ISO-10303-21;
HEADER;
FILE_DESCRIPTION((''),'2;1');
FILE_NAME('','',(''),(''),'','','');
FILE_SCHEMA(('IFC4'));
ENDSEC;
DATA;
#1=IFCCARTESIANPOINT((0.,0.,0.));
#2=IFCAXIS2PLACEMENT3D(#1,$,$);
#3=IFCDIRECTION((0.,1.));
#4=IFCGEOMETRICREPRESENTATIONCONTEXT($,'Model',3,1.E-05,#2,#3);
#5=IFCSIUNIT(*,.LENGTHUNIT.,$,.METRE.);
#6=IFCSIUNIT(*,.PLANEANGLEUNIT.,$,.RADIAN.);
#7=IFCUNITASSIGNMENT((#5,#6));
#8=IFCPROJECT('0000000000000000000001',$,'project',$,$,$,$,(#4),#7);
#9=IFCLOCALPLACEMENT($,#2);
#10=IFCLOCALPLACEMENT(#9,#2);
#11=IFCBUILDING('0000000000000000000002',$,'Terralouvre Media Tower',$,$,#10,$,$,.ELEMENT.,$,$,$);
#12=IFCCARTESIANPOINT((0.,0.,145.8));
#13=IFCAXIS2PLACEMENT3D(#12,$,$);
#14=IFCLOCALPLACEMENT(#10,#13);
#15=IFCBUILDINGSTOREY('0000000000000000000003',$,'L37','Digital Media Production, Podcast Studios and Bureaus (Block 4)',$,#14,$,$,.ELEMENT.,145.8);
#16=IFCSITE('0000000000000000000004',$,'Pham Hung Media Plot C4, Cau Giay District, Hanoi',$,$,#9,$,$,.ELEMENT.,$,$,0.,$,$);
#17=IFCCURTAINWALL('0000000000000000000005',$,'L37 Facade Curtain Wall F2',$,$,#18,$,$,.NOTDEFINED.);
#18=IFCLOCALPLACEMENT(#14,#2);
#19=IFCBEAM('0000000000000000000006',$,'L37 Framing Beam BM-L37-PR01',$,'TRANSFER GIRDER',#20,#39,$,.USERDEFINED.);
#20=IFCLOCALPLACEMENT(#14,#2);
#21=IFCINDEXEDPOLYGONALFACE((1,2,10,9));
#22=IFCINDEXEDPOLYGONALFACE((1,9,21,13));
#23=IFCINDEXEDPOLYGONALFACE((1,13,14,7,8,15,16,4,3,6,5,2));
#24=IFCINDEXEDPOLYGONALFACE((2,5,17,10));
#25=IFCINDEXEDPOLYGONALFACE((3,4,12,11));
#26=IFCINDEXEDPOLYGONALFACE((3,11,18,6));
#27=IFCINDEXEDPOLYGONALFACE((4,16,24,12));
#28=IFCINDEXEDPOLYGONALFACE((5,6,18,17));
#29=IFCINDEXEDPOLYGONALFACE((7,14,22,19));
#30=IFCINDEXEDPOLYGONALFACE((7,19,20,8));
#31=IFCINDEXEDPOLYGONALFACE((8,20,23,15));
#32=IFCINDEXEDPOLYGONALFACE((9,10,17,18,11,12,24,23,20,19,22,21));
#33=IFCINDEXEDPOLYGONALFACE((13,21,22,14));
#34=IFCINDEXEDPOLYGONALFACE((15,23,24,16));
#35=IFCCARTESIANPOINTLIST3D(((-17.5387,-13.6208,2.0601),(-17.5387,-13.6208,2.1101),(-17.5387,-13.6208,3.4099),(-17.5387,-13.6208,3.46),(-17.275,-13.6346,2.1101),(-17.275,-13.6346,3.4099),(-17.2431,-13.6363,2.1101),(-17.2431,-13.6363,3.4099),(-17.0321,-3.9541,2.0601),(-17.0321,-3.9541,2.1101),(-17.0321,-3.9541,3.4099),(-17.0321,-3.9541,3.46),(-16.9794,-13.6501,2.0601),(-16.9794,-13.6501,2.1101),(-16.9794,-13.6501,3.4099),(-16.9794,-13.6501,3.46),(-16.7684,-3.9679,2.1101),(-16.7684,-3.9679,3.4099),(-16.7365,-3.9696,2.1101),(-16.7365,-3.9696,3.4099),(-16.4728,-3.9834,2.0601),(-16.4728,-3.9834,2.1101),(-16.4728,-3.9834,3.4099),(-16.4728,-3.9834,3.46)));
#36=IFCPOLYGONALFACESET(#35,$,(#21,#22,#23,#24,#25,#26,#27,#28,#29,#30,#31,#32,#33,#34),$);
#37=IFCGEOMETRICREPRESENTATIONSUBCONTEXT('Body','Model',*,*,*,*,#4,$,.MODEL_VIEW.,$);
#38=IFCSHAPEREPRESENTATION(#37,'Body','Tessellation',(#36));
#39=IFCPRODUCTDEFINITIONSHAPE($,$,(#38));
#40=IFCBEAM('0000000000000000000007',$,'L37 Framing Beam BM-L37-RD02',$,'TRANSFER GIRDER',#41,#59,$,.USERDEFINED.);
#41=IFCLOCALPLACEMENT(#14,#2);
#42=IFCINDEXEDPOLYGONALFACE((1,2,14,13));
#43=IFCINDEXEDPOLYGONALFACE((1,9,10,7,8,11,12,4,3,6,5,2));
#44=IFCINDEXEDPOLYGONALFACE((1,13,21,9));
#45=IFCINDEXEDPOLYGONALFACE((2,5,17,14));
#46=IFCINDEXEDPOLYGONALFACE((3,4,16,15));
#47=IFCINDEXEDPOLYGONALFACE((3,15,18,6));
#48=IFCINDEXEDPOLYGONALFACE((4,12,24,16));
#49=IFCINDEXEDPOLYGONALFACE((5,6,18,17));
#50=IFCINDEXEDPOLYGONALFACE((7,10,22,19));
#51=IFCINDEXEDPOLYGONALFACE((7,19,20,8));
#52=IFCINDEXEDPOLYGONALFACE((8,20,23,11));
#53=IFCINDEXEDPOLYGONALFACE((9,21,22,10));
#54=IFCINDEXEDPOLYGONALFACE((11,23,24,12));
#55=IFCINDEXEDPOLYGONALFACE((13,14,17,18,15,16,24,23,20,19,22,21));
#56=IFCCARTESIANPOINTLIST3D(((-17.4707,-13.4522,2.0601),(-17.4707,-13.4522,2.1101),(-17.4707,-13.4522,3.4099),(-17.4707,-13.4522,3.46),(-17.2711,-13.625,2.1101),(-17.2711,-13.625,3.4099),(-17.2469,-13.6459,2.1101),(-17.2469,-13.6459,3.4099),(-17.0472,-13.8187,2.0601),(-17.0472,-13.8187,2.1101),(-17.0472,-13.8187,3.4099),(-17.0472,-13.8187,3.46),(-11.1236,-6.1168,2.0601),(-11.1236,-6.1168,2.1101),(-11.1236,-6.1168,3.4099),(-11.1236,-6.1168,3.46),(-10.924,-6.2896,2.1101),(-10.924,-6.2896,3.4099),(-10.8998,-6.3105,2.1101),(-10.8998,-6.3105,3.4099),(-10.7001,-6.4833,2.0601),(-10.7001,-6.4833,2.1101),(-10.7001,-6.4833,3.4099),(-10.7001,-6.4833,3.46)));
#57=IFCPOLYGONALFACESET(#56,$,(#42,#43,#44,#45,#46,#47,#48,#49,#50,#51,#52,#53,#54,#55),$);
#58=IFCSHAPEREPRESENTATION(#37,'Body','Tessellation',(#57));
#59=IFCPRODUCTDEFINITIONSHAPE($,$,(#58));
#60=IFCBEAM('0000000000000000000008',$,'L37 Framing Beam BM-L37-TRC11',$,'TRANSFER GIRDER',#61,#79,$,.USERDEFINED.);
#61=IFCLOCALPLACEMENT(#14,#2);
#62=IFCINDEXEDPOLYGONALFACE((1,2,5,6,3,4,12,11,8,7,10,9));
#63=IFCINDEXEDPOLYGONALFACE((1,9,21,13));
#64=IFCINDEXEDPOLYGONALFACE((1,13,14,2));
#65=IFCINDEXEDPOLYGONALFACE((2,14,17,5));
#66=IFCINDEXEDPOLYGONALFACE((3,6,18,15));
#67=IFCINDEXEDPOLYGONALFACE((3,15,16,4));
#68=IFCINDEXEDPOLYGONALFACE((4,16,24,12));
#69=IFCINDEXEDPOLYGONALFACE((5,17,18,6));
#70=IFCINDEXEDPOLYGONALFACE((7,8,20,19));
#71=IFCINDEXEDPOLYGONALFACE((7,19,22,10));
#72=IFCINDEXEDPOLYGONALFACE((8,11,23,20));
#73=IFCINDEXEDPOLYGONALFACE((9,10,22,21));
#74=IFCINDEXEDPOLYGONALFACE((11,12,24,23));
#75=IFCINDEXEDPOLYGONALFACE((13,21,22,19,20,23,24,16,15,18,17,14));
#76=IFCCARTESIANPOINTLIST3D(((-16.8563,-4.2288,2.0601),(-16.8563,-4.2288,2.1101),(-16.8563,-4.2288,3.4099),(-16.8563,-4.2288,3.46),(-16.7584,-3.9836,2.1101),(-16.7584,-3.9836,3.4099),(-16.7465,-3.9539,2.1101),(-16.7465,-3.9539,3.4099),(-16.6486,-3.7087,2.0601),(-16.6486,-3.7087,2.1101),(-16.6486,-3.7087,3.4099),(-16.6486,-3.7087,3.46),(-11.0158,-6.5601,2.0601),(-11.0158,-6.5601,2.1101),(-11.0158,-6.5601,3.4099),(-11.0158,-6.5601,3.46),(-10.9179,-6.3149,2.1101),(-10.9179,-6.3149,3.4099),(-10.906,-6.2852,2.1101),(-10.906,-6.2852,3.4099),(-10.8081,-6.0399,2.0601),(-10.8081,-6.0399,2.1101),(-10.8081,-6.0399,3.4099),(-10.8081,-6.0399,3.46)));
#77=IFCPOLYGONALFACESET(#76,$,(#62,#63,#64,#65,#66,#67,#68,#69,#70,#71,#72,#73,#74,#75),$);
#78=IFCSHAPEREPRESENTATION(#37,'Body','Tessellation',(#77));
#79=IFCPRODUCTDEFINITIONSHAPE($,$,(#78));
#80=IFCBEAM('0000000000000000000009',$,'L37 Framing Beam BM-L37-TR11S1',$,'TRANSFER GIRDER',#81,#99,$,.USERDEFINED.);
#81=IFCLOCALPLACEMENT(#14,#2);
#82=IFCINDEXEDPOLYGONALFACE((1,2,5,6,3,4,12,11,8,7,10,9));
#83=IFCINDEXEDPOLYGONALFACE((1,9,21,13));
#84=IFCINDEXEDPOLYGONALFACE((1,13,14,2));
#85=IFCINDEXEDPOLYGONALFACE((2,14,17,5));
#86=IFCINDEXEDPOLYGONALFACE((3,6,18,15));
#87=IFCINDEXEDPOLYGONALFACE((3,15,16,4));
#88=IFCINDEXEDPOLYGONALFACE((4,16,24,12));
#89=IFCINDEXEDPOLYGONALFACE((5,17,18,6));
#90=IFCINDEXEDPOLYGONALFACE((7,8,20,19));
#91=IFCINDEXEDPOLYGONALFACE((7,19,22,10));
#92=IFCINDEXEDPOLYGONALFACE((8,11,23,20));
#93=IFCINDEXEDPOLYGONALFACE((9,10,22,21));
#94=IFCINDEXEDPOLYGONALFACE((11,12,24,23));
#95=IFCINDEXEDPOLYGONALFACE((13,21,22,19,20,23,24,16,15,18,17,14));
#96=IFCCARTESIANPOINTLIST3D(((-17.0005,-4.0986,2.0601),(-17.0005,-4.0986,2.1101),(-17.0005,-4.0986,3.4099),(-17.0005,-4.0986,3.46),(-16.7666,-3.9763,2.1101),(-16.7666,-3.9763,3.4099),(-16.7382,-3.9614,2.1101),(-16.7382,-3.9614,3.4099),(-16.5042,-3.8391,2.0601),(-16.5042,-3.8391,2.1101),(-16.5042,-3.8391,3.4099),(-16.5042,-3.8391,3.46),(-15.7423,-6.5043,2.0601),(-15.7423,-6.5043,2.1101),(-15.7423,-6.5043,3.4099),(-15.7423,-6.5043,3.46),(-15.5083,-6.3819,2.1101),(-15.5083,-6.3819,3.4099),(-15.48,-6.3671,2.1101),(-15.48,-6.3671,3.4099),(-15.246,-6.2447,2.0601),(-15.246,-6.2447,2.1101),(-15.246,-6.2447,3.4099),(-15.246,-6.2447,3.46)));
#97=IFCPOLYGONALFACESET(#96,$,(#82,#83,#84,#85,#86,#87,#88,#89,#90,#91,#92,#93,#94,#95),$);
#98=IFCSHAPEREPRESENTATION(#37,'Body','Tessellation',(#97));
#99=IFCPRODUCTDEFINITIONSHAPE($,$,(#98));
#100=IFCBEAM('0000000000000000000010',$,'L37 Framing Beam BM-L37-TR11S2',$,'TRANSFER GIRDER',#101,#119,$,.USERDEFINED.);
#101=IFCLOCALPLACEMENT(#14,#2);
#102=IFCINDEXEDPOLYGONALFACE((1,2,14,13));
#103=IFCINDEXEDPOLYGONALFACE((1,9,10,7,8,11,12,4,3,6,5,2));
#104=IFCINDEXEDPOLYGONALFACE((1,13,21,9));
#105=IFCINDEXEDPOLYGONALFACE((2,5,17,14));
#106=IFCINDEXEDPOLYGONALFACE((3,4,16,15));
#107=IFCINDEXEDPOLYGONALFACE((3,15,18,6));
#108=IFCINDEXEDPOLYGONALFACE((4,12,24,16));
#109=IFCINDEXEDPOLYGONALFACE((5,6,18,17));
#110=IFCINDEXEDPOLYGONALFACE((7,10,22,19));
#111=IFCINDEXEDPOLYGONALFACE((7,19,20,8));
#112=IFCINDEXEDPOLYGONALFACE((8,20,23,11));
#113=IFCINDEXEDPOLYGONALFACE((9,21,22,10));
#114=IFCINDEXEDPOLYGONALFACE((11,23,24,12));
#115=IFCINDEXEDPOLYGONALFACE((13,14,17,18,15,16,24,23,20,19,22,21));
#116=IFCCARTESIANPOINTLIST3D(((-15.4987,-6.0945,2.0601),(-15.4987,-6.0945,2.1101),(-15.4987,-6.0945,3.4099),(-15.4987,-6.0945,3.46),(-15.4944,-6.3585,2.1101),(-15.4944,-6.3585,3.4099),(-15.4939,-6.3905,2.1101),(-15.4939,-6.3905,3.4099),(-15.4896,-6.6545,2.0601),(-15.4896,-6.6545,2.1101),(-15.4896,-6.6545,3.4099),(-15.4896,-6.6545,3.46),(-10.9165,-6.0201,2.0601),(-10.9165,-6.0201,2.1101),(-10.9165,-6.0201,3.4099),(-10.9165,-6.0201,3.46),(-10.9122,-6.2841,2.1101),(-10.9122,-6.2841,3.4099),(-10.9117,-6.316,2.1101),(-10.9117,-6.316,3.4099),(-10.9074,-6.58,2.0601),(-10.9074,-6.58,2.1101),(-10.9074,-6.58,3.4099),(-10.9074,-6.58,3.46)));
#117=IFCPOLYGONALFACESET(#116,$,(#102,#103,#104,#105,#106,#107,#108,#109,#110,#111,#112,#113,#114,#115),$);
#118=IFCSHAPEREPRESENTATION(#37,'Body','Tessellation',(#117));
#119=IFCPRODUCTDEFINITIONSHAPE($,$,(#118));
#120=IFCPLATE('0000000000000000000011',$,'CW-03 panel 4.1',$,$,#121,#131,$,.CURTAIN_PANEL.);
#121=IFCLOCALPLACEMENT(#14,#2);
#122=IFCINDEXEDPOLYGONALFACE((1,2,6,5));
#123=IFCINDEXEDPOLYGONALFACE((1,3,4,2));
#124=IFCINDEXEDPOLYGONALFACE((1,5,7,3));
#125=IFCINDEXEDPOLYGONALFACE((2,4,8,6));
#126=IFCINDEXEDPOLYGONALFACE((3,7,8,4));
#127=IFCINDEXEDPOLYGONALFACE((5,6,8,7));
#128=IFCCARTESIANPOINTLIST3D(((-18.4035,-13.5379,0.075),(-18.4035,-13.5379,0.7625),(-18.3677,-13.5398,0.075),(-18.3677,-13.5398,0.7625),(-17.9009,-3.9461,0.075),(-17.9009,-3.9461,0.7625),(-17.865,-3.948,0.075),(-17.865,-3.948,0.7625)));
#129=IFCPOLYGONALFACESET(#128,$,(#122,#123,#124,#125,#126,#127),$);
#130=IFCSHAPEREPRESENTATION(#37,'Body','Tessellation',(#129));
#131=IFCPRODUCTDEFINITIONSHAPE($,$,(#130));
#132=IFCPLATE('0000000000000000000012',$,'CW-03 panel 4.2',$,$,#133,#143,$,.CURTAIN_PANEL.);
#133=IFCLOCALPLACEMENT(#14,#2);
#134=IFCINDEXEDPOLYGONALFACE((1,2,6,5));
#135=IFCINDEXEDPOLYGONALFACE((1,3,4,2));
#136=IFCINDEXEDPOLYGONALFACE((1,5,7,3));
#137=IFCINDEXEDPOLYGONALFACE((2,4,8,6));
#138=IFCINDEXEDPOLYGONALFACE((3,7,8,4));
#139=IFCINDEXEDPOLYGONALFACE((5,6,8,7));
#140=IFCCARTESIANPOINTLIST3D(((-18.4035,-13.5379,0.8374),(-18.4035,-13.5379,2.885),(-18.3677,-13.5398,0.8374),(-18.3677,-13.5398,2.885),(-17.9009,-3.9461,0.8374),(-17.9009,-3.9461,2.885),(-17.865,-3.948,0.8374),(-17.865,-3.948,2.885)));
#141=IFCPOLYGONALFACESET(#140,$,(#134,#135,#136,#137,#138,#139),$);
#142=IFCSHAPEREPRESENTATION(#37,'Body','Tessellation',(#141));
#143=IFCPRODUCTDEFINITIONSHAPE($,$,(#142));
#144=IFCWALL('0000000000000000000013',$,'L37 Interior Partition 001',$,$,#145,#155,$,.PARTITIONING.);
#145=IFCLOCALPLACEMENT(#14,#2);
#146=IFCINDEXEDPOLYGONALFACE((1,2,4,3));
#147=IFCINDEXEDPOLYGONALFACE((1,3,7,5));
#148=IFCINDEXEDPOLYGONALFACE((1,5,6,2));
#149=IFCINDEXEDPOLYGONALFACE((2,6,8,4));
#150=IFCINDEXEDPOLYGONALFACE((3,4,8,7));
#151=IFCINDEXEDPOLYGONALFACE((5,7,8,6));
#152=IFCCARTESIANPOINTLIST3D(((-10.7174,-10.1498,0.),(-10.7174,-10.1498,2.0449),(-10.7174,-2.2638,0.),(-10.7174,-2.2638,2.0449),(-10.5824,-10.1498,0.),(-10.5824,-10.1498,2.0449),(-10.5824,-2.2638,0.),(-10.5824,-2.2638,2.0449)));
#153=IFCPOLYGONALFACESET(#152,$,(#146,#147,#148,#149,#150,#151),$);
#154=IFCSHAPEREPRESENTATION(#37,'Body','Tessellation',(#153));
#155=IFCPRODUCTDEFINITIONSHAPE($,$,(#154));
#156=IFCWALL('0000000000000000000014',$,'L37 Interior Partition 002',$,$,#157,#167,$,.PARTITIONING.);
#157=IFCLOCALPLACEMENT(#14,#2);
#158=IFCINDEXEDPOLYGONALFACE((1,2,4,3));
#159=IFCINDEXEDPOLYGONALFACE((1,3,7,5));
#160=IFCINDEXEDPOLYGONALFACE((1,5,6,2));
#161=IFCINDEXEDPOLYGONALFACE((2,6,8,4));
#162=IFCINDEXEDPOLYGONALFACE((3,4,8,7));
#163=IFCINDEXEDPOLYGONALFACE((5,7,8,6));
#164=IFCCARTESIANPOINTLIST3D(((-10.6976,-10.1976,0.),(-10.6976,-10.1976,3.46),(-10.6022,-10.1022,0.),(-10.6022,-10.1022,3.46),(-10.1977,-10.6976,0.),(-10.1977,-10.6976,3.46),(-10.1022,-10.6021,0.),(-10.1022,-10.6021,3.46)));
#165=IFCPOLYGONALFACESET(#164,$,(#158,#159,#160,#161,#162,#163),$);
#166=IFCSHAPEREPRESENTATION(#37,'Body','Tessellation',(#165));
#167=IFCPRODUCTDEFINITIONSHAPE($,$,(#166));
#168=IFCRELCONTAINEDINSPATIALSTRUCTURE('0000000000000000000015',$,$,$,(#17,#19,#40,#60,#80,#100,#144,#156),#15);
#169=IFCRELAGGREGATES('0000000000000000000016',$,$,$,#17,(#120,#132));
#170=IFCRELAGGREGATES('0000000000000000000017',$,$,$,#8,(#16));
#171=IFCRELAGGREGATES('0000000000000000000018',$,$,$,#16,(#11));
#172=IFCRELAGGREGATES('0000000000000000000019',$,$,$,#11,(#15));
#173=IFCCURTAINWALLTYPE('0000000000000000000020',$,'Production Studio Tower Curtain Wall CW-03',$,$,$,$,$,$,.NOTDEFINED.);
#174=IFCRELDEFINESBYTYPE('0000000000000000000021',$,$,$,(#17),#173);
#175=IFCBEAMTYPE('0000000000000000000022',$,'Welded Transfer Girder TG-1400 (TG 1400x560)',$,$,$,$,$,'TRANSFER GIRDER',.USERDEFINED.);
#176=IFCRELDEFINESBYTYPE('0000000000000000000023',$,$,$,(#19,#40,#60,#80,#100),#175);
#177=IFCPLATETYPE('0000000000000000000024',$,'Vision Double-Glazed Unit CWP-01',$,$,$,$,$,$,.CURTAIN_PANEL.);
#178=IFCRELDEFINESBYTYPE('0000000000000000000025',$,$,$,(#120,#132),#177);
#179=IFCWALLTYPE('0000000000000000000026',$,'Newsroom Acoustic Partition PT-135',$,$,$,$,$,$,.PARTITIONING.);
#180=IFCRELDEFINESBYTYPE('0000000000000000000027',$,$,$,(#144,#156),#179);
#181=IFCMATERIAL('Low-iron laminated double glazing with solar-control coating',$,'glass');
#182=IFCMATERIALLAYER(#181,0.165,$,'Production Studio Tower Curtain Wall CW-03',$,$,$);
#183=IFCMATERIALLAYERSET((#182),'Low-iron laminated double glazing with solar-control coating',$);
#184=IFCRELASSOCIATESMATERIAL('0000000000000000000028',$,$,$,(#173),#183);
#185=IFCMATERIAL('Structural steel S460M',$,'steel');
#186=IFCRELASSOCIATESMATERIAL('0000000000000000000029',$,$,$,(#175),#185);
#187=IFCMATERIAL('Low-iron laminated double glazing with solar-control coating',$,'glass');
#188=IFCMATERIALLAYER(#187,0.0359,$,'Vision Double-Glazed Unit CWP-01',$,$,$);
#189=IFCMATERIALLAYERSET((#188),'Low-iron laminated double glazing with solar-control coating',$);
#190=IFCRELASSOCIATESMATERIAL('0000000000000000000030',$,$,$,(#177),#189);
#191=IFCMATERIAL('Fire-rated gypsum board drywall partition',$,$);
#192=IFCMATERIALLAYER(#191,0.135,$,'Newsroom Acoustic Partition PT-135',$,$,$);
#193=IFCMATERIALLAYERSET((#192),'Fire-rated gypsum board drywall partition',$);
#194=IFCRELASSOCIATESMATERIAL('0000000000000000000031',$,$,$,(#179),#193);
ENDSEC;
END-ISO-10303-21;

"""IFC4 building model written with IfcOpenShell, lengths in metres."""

from ifc_helpers import new_model, si_unit, direction, frame, frame_2d, origin, origin_2d, place, context, subcontext, project, spatial, rectangle, i_section, extrude, material, layer, layer_set, material_profile, profile_set, type_object, element, aggregate, save


model = new_model("IFC4")

# Units and contexts
model_context = context("Model", 3, precision=1e-05, world=origin(), true_north=direction((0.0, 1.0)))
body_context = subcontext(model_context, "Body", "Model", "MODEL_VIEW")
ifc_project = project(units=[si_unit("LENGTHUNIT", "METRE"), si_unit("PLANEANGLEUNIT", "RADIAN")], contexts=[model_context])

# Site, building, storey
site_placement = place(None, origin())
site = spatial("IfcSite", under=ifc_project, at=site_placement, Name="Pham Hung Media Plot C4, Cau Giay District, Hanoi", CompositionType="ELEMENT", RefElevation=0.0)
building_placement = place(site_placement, origin())
building = spatial("IfcBuilding", under=site, at=building_placement, Name="Terralouvre Media Tower", CompositionType="ELEMENT")
storey_placement = place(building_placement, frame((0.0, 0.0, 145.8)))
storey = spatial("IfcBuildingStorey", under=building, at=storey_placement, Name="L37", Description="Digital Media Production, Podcast Studios and Bureaus (Block 4)", CompositionType="ELEMENT", Elevation=145.8)

# Curtain wall
ifc_material_1 = material(Name="Low-iron laminated double glazing with solar-control coating", Category="glass")
ifc_layer_1 = layer(ifc_material_1, 0.165, Name="Production Studio Tower Curtain Wall CW-03")
ifc_layer_set_1 = layer_set([ifc_layer_1], Name="Low-iron laminated double glazing with solar-control coating")
curtain_wall_type = type_object("IfcCurtainWallType", Name="Production Studio Tower Curtain Wall CW-03", PredefinedType="NOTDEFINED", material=ifc_layer_set_1)
curtain_wall_placement = place(storey_placement, origin())
curtain_wall = element("IfcCurtainWall", 1, at=curtain_wall_placement, inside=storey, type_object=curtain_wall_type, Name="L37 Facade Curtain Wall F2", PredefinedType="NOTDEFINED")

# Beams
ifc_material_2 = material(Name="Structural steel S460M", Category="steel")
ifc_material_profile_1 = material_profile(ifc_material_2, i_section(OverallWidth=0.5601, OverallDepth=1.3999, WebThickness=0.032, FlangeThickness=0.05, at=origin_2d()), Name="TG 1400x560")
ifc_profile_set_1 = profile_set([ifc_material_profile_1], Name="Structural steel S460M")
beam_type_1 = type_object("IfcBeamType", Name="Welded Transfer Girder TG-1400 (TG 1400x560)", ElementType="TRANSFER GIRDER", PredefinedType="USERDEFINED", material=ifc_profile_set_1)
beam_1_placement = place(storey_placement, frame((-16.7524, -3.9688, 2.76), z_axis=(-0.052334, -0.99863, 0.0), x_axis=(0.99863, -0.052334, 0.0)))
element("IfcBeam", 2, at=beam_1_placement, inside=storey, type_object=beam_type_1, Name="L37 Framing Beam BM-L37-PR01", ObjectType="TRANSFER GIRDER", PredefinedType="USERDEFINED", context=body_context, shape_type="SweptSolid", body=[
    extrude(i_section(OverallWidth=0.5601, OverallDepth=1.3999, WebThickness=0.032, FlangeThickness=0.05, at=origin_2d()), origin(), (0.0, 0.0, 1.0), 9.6799),
])
beam_2_placement = place(storey_placement, frame((-10.9119, -6.3, 2.76), z_axis=(-0.654329, -0.75621, 0.0), x_axis=(0.75621, -0.654329, 0.0)))
element("IfcBeam", 3, at=beam_2_placement, inside=storey, type_object=beam_type_1, Name="L37 Framing Beam BM-L37-RD02", ObjectType="TRANSFER GIRDER", PredefinedType="USERDEFINED", context=body_context, shape_type="SweptSolid", body=[
    extrude(i_section(OverallWidth=0.5601, OverallDepth=1.3999, WebThickness=0.032, FlangeThickness=0.05, at=origin_2d()), origin(), (0.0, 0.0, 1.0), 9.7002),
])
beam_3_placement = place(storey_placement, frame((-16.7524, -3.9688, 2.76), z_axis=(0.928747, -0.370715, 0.0), x_axis=(0.370715, 0.928747, 0.0)))
element("IfcBeam", 4, at=beam_3_placement, inside=storey, type_object=beam_type_1, Name="L37 Framing Beam BM-L37-TRC11", ObjectType="TRANSFER GIRDER", PredefinedType="USERDEFINED", context=body_context, shape_type="SweptSolid", body=[
    extrude(i_section(OverallWidth=0.5601, OverallDepth=1.3999, WebThickness=0.032, FlangeThickness=0.05, at=origin_2d()), origin(), (0.0, 0.0, 1.0), 6.2886),
])
beam_4_placement = place(storey_placement, frame((-15.4941, -6.3745, 2.76), z_axis=(-0.463469, 0.886113, 0.0), x_axis=(-0.886113, -0.463469, 0.0)))
element("IfcBeam", 5, at=beam_4_placement, inside=storey, type_object=beam_type_1, Name="L37 Framing Beam BM-L37-TR11S1", ObjectType="TRANSFER GIRDER", PredefinedType="USERDEFINED", context=body_context, shape_type="SweptSolid", body=[
    extrude(i_section(OverallWidth=0.5601, OverallDepth=1.3999, WebThickness=0.032, FlangeThickness=0.05, at=origin_2d()), origin(), (0.0, 0.0, 1.0), 2.7148),
])
beam_5_placement = place(storey_placement, frame((-15.4941, -6.3745, 2.76), z_axis=(0.999868, 0.016248, 0.0), x_axis=(-0.016248, 0.999868, 0.0)))
element("IfcBeam", 6, at=beam_5_placement, inside=storey, type_object=beam_type_1, Name="L37 Framing Beam BM-L37-TR11S2", ObjectType="TRANSFER GIRDER", PredefinedType="USERDEFINED", context=body_context, shape_type="SweptSolid", body=[
    extrude(i_section(OverallWidth=0.5601, OverallDepth=1.3999, WebThickness=0.032, FlangeThickness=0.05, at=origin_2d()), origin(), (0.0, 0.0, 1.0), 4.5828),
])

# Plates
ifc_material_3 = material(Name="Low-iron laminated double glazing with solar-control coating", Category="glass")
ifc_layer_2 = layer(ifc_material_3, 0.0359, Name="Vision Double-Glazed Unit CWP-01")
ifc_layer_set_2 = layer_set([ifc_layer_2], Name="Low-iron laminated double glazing with solar-control coating")
plate_type = type_object("IfcPlateType", Name="Vision Double-Glazed Unit CWP-01", PredefinedType="CURTAIN_PANEL", material=ifc_layer_set_2)
plate_1_placement = place(storey_placement, frame((-18.1343, -8.7429, 0.075), z_axis=(0.0, 0.0, 1.0), x_axis=(-0.052336, -0.99863, 0.0)))
plate_1 = element("IfcPlate", 7, at=plate_1_placement, type_object=plate_type, Name="CW-03 panel 4.1", PredefinedType="CURTAIN_PANEL", context=body_context, shape_type="SweptSolid", body=[
    extrude(rectangle(XDim=9.605, YDim=0.0359, at=origin_2d()), origin(), (0.0, 0.0, 1.0), 0.6875),
])
plate_2_placement = place(storey_placement, frame((-18.1343, -8.7429, 0.8374), z_axis=(0.0, 0.0, 1.0), x_axis=(-0.052336, -0.99863, 0.0)))
plate_2 = element("IfcPlate", 8, at=plate_2_placement, type_object=plate_type, Name="CW-03 panel 4.2", PredefinedType="CURTAIN_PANEL", context=body_context, shape_type="SweptSolid", body=[
    extrude(rectangle(XDim=9.605, YDim=0.0359, at=origin_2d()), origin(), (0.0, 0.0, 1.0), 2.0476),
])
aggregate(curtain_wall, [plate_1, plate_2])

# Walls
ifc_material_4 = material(Name="Fire-rated gypsum board drywall partition")
ifc_layer_3 = layer(ifc_material_4, 0.135, Name="Newsroom Acoustic Partition PT-135")
ifc_layer_set_3 = layer_set([ifc_layer_3], Name="Fire-rated gypsum board drywall partition")
wall_type = type_object("IfcWallType", Name="Newsroom Acoustic Partition PT-135", PredefinedType="PARTITIONING", material=ifc_layer_set_3)
wall_1_placement = place(storey_placement, frame((-10.6499, -2.2639, 0.0), z_axis=(0.0, 0.0, 1.0), x_axis=(0.0, -1.0, 0.0)))
element("IfcWall", 9, at=wall_1_placement, inside=storey, type_object=wall_type, Name="L37 Interior Partition 001", PredefinedType="PARTITIONING", context=body_context, shape_type="SweptSolid", body=[
    extrude(rectangle(XDim=7.886, YDim=0.135, at=frame_2d((3.9429, 0.0))), origin(), (0.0, 0.0, 1.0), 2.0449),
])
wall_2_placement = place(storey_placement, frame((-10.6499, -10.1499, 0.0), z_axis=(0.0, 0.0, 1.0), x_axis=(0.707107, -0.707107, 0.0)))
element("IfcWall", 10, at=wall_2_placement, inside=storey, type_object=wall_type, Name="L37 Interior Partition 002", PredefinedType="PARTITIONING", context=body_context, shape_type="SweptSolid", body=[
    extrude(rectangle(XDim=0.707, YDim=0.135, at=frame_2d((0.3535, 0.0))), origin(), (0.0, 0.0, 1.0), 3.46),
])

save(model, "model.ifc")
